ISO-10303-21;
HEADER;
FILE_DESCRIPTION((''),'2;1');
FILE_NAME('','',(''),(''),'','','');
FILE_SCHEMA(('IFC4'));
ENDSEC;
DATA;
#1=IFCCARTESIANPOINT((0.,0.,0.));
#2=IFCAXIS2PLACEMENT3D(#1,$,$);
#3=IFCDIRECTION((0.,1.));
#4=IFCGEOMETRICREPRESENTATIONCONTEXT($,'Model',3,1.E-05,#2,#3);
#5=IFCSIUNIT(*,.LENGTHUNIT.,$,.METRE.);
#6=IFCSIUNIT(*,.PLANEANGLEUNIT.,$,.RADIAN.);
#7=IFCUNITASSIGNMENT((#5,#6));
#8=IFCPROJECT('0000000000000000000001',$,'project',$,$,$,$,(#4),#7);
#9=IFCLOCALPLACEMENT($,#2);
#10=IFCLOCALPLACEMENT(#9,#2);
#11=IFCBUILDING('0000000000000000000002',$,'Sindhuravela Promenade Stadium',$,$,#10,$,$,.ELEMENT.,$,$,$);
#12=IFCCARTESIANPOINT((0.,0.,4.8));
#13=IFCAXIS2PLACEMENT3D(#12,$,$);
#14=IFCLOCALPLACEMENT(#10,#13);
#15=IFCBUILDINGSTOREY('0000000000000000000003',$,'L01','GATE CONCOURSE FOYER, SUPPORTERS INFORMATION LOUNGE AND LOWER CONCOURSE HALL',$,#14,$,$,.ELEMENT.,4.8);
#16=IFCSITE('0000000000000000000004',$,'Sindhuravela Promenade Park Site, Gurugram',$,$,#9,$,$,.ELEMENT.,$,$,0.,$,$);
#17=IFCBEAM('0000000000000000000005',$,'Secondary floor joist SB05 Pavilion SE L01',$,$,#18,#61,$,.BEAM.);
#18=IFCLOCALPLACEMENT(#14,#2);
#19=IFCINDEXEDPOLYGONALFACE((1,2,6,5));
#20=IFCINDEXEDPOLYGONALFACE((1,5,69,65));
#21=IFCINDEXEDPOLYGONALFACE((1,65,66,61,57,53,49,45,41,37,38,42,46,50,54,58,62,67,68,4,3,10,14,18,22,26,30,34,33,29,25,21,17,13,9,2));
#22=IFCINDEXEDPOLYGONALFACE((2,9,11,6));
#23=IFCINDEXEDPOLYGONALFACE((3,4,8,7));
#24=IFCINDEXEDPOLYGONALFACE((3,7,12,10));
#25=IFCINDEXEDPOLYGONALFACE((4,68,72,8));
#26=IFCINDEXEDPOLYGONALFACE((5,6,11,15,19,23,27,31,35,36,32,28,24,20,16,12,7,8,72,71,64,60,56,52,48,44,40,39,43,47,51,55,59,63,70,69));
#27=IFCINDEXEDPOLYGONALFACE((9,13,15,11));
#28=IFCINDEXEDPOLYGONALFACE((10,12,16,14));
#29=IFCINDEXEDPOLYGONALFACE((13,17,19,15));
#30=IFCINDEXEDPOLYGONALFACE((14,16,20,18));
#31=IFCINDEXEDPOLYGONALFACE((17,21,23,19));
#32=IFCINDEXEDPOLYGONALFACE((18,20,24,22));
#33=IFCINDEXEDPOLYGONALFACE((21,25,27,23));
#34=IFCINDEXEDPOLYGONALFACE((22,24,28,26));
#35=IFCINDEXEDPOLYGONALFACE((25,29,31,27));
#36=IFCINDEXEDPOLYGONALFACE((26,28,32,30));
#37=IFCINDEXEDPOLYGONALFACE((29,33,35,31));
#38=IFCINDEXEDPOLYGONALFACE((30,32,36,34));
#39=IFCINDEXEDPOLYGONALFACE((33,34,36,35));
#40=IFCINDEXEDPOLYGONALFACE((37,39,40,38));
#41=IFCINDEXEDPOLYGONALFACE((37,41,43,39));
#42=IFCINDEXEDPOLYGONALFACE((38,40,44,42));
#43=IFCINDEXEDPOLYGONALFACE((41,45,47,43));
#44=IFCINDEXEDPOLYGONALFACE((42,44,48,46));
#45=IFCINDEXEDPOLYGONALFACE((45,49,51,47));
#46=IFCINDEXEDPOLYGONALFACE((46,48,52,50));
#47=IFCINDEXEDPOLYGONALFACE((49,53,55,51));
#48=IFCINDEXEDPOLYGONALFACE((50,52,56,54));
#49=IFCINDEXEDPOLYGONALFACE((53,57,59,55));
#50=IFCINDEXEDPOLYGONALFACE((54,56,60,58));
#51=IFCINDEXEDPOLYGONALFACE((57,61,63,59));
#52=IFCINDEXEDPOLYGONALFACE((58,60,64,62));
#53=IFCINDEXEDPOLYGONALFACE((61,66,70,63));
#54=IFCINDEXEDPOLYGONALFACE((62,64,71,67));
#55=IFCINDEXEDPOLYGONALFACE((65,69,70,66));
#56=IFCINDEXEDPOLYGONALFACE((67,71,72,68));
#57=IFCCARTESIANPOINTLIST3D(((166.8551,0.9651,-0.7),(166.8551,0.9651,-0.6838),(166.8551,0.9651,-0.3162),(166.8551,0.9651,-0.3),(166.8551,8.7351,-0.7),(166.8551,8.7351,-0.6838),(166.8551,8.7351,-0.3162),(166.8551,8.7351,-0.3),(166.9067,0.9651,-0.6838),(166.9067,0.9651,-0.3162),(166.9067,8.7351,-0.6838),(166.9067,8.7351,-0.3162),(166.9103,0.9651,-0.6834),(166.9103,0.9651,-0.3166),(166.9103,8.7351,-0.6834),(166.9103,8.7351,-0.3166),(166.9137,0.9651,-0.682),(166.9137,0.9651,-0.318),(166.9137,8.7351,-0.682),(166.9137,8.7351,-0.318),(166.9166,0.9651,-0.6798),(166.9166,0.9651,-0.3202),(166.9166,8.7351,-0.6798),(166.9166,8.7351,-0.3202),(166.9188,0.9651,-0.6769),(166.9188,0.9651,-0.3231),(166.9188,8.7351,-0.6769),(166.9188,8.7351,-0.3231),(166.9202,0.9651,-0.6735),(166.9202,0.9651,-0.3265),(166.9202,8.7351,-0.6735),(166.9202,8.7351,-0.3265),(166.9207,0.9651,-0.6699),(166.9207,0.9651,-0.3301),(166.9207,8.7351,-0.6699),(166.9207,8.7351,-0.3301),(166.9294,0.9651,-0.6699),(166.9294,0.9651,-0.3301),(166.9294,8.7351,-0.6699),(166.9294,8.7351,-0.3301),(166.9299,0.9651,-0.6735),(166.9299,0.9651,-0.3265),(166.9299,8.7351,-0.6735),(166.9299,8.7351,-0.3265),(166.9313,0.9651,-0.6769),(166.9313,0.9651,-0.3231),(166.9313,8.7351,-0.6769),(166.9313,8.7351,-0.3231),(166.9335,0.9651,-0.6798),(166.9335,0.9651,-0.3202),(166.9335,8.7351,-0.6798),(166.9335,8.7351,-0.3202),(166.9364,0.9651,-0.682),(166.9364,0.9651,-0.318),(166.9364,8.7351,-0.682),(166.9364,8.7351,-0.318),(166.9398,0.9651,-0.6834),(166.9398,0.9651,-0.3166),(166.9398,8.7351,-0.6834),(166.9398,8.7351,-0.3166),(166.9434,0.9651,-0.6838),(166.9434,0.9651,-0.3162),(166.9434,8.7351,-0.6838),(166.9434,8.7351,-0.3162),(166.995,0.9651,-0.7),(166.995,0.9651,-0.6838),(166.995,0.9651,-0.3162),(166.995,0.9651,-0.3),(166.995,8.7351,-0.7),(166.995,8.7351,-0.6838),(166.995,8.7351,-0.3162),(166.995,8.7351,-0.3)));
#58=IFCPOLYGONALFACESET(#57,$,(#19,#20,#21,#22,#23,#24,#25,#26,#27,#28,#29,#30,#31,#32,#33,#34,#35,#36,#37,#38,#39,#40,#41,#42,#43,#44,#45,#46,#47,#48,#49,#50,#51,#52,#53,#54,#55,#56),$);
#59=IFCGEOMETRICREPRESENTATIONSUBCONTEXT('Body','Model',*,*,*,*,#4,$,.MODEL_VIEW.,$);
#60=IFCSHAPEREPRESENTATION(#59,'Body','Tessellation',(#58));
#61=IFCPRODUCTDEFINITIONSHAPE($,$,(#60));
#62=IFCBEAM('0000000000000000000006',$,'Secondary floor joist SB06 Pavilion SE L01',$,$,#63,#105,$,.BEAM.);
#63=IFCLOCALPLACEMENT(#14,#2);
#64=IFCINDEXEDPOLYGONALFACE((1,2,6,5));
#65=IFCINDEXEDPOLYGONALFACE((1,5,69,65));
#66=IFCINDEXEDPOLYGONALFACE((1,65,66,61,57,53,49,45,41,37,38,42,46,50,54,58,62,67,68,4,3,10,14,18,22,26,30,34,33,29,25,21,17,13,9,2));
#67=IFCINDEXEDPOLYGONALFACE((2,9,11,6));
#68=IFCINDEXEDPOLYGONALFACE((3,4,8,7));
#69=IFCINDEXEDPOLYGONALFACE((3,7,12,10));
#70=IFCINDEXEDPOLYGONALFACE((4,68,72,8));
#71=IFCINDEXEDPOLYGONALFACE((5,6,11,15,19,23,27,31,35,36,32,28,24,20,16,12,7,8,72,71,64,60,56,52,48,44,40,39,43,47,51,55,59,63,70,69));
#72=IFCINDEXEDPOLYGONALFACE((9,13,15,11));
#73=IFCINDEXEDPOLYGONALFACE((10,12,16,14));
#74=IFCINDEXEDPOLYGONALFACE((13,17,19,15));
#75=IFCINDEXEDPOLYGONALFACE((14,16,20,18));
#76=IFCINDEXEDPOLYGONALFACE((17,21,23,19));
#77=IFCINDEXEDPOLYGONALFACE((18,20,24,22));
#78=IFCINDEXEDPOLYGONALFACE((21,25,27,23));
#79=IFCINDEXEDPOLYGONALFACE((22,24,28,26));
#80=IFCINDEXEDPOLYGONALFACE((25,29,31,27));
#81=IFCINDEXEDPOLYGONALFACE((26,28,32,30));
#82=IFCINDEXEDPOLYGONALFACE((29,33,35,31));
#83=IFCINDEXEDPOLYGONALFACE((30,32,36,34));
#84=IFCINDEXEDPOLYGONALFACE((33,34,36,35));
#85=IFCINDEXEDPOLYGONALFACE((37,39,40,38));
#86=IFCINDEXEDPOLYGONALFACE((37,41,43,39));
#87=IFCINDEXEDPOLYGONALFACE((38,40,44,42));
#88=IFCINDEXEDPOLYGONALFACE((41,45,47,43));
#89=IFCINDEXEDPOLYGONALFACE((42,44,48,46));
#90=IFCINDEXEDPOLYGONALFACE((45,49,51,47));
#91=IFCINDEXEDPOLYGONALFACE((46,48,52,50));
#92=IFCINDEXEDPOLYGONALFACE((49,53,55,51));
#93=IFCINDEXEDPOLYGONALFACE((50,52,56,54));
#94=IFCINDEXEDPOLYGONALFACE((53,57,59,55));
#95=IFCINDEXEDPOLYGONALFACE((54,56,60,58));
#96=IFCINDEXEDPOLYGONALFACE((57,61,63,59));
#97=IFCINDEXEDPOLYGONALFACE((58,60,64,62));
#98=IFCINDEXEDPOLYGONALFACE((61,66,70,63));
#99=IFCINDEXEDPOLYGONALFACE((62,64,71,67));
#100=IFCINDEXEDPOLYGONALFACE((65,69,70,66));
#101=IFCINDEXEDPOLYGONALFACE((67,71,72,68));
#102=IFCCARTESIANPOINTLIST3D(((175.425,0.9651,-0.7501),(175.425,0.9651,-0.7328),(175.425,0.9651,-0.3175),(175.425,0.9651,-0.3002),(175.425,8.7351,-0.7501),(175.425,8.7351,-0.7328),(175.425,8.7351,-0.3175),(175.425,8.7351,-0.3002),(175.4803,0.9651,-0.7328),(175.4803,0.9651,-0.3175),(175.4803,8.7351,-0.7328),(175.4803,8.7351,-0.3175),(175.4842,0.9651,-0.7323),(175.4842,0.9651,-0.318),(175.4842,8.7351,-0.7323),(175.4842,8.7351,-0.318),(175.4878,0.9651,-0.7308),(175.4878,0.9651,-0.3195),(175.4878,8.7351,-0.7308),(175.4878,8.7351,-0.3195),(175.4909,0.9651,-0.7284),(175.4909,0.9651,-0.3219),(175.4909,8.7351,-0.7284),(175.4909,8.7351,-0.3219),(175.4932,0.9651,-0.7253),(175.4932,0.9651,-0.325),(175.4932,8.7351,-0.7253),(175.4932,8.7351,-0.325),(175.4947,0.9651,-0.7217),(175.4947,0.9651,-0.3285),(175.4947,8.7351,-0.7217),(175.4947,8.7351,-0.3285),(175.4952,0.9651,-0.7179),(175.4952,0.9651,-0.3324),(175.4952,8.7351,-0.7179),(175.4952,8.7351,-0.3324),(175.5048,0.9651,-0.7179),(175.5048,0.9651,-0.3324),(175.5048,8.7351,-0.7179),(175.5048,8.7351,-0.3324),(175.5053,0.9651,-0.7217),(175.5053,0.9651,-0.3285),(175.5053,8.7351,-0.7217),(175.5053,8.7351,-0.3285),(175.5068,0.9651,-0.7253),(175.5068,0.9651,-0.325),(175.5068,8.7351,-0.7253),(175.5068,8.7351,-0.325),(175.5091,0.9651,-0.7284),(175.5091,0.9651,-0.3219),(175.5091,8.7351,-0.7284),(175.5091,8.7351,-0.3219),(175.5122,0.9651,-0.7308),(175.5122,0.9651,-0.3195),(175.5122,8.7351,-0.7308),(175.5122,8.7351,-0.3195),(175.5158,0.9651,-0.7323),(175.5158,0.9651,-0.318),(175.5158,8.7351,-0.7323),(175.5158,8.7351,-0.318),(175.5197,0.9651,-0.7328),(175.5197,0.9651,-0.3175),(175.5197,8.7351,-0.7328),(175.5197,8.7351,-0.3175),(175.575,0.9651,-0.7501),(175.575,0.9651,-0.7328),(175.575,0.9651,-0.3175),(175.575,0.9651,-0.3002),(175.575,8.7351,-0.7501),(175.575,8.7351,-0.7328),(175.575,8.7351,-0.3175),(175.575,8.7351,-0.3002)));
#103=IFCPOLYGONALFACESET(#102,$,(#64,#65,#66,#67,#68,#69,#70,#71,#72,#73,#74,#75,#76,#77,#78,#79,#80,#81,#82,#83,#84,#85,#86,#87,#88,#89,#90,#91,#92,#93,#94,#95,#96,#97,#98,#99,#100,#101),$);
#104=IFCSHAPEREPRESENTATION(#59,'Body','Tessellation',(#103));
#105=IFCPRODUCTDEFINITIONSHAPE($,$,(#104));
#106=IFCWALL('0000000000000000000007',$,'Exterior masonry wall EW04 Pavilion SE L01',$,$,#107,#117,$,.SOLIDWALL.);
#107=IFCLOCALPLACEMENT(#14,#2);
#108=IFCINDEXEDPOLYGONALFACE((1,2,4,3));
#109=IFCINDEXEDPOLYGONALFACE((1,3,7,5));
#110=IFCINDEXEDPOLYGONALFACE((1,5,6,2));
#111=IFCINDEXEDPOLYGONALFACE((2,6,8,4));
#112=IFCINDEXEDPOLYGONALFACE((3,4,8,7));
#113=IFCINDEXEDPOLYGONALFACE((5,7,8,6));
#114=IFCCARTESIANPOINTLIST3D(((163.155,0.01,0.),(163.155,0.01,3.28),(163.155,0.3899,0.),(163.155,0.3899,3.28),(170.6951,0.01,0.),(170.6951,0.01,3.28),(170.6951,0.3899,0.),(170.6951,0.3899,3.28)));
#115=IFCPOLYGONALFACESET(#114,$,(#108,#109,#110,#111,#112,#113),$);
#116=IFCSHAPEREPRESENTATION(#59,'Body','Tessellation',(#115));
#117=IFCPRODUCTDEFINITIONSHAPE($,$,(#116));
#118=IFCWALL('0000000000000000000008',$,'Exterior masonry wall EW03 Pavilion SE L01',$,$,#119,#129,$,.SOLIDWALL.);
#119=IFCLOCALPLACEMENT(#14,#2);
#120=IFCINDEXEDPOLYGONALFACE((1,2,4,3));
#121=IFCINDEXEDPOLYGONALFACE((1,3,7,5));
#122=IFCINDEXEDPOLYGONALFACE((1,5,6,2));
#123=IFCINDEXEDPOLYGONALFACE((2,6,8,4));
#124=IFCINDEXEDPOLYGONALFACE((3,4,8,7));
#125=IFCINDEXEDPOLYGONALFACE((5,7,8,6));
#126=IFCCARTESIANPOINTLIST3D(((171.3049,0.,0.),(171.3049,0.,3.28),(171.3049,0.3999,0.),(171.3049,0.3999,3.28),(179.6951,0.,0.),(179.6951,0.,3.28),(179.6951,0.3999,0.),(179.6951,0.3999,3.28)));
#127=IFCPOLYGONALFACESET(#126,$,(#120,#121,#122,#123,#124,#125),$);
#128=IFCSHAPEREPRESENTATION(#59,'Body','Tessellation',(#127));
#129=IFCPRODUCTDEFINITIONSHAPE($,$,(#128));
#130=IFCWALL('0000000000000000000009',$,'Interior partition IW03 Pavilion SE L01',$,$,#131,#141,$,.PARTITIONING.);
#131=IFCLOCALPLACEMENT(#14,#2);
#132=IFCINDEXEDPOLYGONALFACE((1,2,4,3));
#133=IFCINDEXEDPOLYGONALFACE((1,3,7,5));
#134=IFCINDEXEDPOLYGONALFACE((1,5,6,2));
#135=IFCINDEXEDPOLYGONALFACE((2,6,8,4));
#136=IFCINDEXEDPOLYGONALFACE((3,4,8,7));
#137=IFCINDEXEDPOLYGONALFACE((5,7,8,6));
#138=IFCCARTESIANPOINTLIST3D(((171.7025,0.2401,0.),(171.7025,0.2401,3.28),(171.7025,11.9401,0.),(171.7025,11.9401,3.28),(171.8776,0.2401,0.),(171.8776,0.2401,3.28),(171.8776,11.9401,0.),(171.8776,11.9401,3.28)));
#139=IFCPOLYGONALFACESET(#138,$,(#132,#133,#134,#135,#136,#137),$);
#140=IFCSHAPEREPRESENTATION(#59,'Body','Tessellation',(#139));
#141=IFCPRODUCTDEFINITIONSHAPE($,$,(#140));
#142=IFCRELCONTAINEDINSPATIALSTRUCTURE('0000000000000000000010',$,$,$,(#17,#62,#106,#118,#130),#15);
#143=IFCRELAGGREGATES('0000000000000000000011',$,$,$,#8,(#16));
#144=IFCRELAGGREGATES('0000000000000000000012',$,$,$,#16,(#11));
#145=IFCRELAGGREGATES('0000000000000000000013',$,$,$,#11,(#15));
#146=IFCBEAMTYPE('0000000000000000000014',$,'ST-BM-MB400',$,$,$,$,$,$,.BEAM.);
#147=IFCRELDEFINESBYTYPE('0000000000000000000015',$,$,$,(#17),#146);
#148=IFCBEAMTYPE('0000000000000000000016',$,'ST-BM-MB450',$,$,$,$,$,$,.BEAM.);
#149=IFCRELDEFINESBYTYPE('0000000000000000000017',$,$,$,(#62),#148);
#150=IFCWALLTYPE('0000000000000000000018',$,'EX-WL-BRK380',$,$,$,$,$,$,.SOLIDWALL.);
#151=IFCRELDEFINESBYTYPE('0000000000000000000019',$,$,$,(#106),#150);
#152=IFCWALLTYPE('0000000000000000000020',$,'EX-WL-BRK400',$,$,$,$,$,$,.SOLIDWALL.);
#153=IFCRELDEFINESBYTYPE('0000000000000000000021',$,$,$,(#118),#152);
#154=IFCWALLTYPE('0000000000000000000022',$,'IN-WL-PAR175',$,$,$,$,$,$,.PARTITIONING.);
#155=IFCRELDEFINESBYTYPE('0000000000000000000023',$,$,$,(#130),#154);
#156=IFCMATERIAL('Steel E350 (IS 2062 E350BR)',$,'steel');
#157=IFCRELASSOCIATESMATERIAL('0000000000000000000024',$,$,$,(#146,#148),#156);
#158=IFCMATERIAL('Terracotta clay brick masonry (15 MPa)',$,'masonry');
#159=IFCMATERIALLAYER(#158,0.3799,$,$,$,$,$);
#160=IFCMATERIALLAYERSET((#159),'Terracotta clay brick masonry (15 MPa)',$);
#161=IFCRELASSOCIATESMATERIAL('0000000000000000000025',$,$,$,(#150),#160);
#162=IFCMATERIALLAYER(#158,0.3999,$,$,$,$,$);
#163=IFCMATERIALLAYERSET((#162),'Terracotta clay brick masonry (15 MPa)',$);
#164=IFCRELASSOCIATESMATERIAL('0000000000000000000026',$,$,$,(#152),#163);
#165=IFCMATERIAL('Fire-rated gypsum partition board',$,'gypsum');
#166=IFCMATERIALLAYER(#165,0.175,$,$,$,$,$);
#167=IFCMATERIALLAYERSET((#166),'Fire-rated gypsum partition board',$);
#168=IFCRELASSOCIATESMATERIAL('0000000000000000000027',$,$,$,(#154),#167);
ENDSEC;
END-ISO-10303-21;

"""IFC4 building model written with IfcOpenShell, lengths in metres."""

from ifc_helpers import new_model, si_unit, direction, frame, frame_2d, origin, origin_2d, place, context, subcontext, project, spatial, rectangle, i_section, extrude, material, layer, layer_set, material_profile, profile_set, type_object, element, save


model = new_model("IFC4")

# Units and contexts
model_context = context("Model", 3, precision=1e-05, world=origin(), true_north=direction((0.0, 1.0)))
body_context = subcontext(model_context, "Body", "Model", "MODEL_VIEW")
ifc_project = project(units=[si_unit("LENGTHUNIT", "METRE"), si_unit("PLANEANGLEUNIT", "RADIAN")], contexts=[model_context])

# Site, building, storey
site_placement = place(None, origin())
site = spatial("IfcSite", under=ifc_project, at=site_placement, Name="Sindhuravela Promenade Park Site, Gurugram", CompositionType="ELEMENT", RefElevation=0.0)
building_placement = place(site_placement, origin())
building = spatial("IfcBuilding", under=site, at=building_placement, Name="Sindhuravela Promenade Stadium", CompositionType="ELEMENT")
storey_placement = place(building_placement, frame((0.0, 0.0, 4.8)))
storey = spatial("IfcBuildingStorey", under=building, at=storey_placement, Name="L01", Description="GATE CONCOURSE FOYER, SUPPORTERS INFORMATION LOUNGE AND LOWER CONCOURSE HALL", CompositionType="ELEMENT", Elevation=4.8)

# Beams
ifc_material_1 = material(Name="Steel E350 (IS 2062 E350BR)", Category="steel")
ifc_material_profile_1 = material_profile(ifc_material_1, i_section(OverallWidth=0.1399, OverallDepth=0.3999, WebThickness=0.0088, FlangeThickness=0.0161, FilletRadius=0.0139, at=origin_2d()), Name="ISMB 400")
ifc_profile_set_1 = profile_set([ifc_material_profile_1], Name="Steel E350 (IS 2062 E350BR)")
beam_type_1 = type_object("IfcBeamType", Name="ST-BM-MB400", PredefinedType="BEAM", material=ifc_profile_set_1)
beam_1_placement = place(storey_placement, frame((166.925, 0.9651, -0.5), z_axis=(0.0, 1.0, 0.0), x_axis=(-1.0, 0.0, 0.0)))
element("IfcBeam", 1, at=beam_1_placement, inside=storey, type_object=beam_type_1, Name="Secondary floor joist SB05 Pavilion SE L01", PredefinedType="BEAM", context=body_context, shape_type="SweptSolid", body=[
    extrude(i_section(OverallWidth=0.1399, OverallDepth=0.3999, WebThickness=0.0088, FlangeThickness=0.0161, FilletRadius=0.0139, at=origin_2d()), origin(), (0.0, 0.0, 1.0), 7.77),
])
ifc_material_profile_2 = material_profile(ifc_material_1, i_section(OverallWidth=0.1499, OverallDepth=0.45, WebThickness=0.0095, FlangeThickness=0.0173, FilletRadius=0.0149, at=origin_2d()), Name="ISMB 450")
ifc_profile_set_2 = profile_set([ifc_material_profile_2], Name="Steel E350 (IS 2062 E350BR)")
beam_type_2 = type_object("IfcBeamType", Name="ST-BM-MB450", PredefinedType="BEAM", material=ifc_profile_set_2)
beam_2_placement = place(storey_placement, frame((175.5, 0.9651, -0.5251), z_axis=(0.0, 1.0, 0.0), x_axis=(-1.0, 0.0, 0.0)))
element("IfcBeam", 2, at=beam_2_placement, inside=storey, type_object=beam_type_2, Name="Secondary floor joist SB06 Pavilion SE L01", PredefinedType="BEAM", context=body_context, shape_type="SweptSolid", body=[
    extrude(i_section(OverallWidth=0.1499, OverallDepth=0.45, WebThickness=0.0095, FlangeThickness=0.0173, FilletRadius=0.0149, at=origin_2d()), origin(), (0.0, 0.0, 1.0), 7.77),
])

# Walls
ifc_material_2 = material(Name="Terracotta clay brick masonry (15 MPa)", Category="masonry")
ifc_layer_1 = layer(ifc_material_2, 0.3799)
ifc_layer_set_1 = layer_set([ifc_layer_1], Name="Terracotta clay brick masonry (15 MPa)")
wall_type_1 = type_object("IfcWallType", Name="EX-WL-BRK380", PredefinedType="SOLIDWALL", material=ifc_layer_set_1)
wall_1_placement = place(storey_placement, frame((170.6951, 0.2, 0.0), z_axis=(0.0, 0.0, 1.0), x_axis=(-1.0, 0.0, 0.0)))
element("IfcWall", 3, at=wall_1_placement, inside=storey, type_object=wall_type_1, Name="Exterior masonry wall EW04 Pavilion SE L01", PredefinedType="SOLIDWALL", context=body_context, shape_type="SweptSolid", body=[
    extrude(rectangle(XDim=7.54, YDim=0.3799, at=frame_2d((3.77, 0.0))), origin(), (0.0, 0.0, 1.0), 3.28),
])
ifc_layer_2 = layer(ifc_material_2, 0.3999)
ifc_layer_set_2 = layer_set([ifc_layer_2], Name="Terracotta clay brick masonry (15 MPa)")
wall_type_2 = type_object("IfcWallType", Name="EX-WL-BRK400", PredefinedType="SOLIDWALL", material=ifc_layer_set_2)
wall_2_placement = place(storey_placement, frame((179.6951, 0.2, 0.0), z_axis=(0.0, 0.0, 1.0), x_axis=(-1.0, 0.0, 0.0)))
element("IfcWall", 4, at=wall_2_placement, inside=storey, type_object=wall_type_2, Name="Exterior masonry wall EW03 Pavilion SE L01", PredefinedType="SOLIDWALL", context=body_context, shape_type="SweptSolid", body=[
    extrude(rectangle(XDim=8.3901, YDim=0.3999, at=frame_2d((4.1951, 0.0))), origin(), (0.0, 0.0, 1.0), 3.28),
])
ifc_material_3 = material(Name="Fire-rated gypsum partition board", Category="gypsum")
ifc_layer_3 = layer(ifc_material_3, 0.175)
ifc_layer_set_3 = layer_set([ifc_layer_3], Name="Fire-rated gypsum partition board")
wall_type_3 = type_object("IfcWallType", Name="IN-WL-PAR175", PredefinedType="PARTITIONING", material=ifc_layer_set_3)
wall_3_placement = place(storey_placement, frame((171.79, 0.24, 0.0), z_axis=(0.0, 0.0, 1.0), x_axis=(0.0, 1.0, 0.0)))
element("IfcWall", 5, at=wall_3_placement, inside=storey, type_object=wall_type_3, Name="Interior partition IW03 Pavilion SE L01", PredefinedType="PARTITIONING", context=body_context, shape_type="SweptSolid", body=[
    extrude(rectangle(XDim=11.7, YDim=0.175, at=frame_2d((5.8501, 0.0))), origin(), (0.0, 0.0, 1.0), 3.28),
])

save(model, "model.ifc")
